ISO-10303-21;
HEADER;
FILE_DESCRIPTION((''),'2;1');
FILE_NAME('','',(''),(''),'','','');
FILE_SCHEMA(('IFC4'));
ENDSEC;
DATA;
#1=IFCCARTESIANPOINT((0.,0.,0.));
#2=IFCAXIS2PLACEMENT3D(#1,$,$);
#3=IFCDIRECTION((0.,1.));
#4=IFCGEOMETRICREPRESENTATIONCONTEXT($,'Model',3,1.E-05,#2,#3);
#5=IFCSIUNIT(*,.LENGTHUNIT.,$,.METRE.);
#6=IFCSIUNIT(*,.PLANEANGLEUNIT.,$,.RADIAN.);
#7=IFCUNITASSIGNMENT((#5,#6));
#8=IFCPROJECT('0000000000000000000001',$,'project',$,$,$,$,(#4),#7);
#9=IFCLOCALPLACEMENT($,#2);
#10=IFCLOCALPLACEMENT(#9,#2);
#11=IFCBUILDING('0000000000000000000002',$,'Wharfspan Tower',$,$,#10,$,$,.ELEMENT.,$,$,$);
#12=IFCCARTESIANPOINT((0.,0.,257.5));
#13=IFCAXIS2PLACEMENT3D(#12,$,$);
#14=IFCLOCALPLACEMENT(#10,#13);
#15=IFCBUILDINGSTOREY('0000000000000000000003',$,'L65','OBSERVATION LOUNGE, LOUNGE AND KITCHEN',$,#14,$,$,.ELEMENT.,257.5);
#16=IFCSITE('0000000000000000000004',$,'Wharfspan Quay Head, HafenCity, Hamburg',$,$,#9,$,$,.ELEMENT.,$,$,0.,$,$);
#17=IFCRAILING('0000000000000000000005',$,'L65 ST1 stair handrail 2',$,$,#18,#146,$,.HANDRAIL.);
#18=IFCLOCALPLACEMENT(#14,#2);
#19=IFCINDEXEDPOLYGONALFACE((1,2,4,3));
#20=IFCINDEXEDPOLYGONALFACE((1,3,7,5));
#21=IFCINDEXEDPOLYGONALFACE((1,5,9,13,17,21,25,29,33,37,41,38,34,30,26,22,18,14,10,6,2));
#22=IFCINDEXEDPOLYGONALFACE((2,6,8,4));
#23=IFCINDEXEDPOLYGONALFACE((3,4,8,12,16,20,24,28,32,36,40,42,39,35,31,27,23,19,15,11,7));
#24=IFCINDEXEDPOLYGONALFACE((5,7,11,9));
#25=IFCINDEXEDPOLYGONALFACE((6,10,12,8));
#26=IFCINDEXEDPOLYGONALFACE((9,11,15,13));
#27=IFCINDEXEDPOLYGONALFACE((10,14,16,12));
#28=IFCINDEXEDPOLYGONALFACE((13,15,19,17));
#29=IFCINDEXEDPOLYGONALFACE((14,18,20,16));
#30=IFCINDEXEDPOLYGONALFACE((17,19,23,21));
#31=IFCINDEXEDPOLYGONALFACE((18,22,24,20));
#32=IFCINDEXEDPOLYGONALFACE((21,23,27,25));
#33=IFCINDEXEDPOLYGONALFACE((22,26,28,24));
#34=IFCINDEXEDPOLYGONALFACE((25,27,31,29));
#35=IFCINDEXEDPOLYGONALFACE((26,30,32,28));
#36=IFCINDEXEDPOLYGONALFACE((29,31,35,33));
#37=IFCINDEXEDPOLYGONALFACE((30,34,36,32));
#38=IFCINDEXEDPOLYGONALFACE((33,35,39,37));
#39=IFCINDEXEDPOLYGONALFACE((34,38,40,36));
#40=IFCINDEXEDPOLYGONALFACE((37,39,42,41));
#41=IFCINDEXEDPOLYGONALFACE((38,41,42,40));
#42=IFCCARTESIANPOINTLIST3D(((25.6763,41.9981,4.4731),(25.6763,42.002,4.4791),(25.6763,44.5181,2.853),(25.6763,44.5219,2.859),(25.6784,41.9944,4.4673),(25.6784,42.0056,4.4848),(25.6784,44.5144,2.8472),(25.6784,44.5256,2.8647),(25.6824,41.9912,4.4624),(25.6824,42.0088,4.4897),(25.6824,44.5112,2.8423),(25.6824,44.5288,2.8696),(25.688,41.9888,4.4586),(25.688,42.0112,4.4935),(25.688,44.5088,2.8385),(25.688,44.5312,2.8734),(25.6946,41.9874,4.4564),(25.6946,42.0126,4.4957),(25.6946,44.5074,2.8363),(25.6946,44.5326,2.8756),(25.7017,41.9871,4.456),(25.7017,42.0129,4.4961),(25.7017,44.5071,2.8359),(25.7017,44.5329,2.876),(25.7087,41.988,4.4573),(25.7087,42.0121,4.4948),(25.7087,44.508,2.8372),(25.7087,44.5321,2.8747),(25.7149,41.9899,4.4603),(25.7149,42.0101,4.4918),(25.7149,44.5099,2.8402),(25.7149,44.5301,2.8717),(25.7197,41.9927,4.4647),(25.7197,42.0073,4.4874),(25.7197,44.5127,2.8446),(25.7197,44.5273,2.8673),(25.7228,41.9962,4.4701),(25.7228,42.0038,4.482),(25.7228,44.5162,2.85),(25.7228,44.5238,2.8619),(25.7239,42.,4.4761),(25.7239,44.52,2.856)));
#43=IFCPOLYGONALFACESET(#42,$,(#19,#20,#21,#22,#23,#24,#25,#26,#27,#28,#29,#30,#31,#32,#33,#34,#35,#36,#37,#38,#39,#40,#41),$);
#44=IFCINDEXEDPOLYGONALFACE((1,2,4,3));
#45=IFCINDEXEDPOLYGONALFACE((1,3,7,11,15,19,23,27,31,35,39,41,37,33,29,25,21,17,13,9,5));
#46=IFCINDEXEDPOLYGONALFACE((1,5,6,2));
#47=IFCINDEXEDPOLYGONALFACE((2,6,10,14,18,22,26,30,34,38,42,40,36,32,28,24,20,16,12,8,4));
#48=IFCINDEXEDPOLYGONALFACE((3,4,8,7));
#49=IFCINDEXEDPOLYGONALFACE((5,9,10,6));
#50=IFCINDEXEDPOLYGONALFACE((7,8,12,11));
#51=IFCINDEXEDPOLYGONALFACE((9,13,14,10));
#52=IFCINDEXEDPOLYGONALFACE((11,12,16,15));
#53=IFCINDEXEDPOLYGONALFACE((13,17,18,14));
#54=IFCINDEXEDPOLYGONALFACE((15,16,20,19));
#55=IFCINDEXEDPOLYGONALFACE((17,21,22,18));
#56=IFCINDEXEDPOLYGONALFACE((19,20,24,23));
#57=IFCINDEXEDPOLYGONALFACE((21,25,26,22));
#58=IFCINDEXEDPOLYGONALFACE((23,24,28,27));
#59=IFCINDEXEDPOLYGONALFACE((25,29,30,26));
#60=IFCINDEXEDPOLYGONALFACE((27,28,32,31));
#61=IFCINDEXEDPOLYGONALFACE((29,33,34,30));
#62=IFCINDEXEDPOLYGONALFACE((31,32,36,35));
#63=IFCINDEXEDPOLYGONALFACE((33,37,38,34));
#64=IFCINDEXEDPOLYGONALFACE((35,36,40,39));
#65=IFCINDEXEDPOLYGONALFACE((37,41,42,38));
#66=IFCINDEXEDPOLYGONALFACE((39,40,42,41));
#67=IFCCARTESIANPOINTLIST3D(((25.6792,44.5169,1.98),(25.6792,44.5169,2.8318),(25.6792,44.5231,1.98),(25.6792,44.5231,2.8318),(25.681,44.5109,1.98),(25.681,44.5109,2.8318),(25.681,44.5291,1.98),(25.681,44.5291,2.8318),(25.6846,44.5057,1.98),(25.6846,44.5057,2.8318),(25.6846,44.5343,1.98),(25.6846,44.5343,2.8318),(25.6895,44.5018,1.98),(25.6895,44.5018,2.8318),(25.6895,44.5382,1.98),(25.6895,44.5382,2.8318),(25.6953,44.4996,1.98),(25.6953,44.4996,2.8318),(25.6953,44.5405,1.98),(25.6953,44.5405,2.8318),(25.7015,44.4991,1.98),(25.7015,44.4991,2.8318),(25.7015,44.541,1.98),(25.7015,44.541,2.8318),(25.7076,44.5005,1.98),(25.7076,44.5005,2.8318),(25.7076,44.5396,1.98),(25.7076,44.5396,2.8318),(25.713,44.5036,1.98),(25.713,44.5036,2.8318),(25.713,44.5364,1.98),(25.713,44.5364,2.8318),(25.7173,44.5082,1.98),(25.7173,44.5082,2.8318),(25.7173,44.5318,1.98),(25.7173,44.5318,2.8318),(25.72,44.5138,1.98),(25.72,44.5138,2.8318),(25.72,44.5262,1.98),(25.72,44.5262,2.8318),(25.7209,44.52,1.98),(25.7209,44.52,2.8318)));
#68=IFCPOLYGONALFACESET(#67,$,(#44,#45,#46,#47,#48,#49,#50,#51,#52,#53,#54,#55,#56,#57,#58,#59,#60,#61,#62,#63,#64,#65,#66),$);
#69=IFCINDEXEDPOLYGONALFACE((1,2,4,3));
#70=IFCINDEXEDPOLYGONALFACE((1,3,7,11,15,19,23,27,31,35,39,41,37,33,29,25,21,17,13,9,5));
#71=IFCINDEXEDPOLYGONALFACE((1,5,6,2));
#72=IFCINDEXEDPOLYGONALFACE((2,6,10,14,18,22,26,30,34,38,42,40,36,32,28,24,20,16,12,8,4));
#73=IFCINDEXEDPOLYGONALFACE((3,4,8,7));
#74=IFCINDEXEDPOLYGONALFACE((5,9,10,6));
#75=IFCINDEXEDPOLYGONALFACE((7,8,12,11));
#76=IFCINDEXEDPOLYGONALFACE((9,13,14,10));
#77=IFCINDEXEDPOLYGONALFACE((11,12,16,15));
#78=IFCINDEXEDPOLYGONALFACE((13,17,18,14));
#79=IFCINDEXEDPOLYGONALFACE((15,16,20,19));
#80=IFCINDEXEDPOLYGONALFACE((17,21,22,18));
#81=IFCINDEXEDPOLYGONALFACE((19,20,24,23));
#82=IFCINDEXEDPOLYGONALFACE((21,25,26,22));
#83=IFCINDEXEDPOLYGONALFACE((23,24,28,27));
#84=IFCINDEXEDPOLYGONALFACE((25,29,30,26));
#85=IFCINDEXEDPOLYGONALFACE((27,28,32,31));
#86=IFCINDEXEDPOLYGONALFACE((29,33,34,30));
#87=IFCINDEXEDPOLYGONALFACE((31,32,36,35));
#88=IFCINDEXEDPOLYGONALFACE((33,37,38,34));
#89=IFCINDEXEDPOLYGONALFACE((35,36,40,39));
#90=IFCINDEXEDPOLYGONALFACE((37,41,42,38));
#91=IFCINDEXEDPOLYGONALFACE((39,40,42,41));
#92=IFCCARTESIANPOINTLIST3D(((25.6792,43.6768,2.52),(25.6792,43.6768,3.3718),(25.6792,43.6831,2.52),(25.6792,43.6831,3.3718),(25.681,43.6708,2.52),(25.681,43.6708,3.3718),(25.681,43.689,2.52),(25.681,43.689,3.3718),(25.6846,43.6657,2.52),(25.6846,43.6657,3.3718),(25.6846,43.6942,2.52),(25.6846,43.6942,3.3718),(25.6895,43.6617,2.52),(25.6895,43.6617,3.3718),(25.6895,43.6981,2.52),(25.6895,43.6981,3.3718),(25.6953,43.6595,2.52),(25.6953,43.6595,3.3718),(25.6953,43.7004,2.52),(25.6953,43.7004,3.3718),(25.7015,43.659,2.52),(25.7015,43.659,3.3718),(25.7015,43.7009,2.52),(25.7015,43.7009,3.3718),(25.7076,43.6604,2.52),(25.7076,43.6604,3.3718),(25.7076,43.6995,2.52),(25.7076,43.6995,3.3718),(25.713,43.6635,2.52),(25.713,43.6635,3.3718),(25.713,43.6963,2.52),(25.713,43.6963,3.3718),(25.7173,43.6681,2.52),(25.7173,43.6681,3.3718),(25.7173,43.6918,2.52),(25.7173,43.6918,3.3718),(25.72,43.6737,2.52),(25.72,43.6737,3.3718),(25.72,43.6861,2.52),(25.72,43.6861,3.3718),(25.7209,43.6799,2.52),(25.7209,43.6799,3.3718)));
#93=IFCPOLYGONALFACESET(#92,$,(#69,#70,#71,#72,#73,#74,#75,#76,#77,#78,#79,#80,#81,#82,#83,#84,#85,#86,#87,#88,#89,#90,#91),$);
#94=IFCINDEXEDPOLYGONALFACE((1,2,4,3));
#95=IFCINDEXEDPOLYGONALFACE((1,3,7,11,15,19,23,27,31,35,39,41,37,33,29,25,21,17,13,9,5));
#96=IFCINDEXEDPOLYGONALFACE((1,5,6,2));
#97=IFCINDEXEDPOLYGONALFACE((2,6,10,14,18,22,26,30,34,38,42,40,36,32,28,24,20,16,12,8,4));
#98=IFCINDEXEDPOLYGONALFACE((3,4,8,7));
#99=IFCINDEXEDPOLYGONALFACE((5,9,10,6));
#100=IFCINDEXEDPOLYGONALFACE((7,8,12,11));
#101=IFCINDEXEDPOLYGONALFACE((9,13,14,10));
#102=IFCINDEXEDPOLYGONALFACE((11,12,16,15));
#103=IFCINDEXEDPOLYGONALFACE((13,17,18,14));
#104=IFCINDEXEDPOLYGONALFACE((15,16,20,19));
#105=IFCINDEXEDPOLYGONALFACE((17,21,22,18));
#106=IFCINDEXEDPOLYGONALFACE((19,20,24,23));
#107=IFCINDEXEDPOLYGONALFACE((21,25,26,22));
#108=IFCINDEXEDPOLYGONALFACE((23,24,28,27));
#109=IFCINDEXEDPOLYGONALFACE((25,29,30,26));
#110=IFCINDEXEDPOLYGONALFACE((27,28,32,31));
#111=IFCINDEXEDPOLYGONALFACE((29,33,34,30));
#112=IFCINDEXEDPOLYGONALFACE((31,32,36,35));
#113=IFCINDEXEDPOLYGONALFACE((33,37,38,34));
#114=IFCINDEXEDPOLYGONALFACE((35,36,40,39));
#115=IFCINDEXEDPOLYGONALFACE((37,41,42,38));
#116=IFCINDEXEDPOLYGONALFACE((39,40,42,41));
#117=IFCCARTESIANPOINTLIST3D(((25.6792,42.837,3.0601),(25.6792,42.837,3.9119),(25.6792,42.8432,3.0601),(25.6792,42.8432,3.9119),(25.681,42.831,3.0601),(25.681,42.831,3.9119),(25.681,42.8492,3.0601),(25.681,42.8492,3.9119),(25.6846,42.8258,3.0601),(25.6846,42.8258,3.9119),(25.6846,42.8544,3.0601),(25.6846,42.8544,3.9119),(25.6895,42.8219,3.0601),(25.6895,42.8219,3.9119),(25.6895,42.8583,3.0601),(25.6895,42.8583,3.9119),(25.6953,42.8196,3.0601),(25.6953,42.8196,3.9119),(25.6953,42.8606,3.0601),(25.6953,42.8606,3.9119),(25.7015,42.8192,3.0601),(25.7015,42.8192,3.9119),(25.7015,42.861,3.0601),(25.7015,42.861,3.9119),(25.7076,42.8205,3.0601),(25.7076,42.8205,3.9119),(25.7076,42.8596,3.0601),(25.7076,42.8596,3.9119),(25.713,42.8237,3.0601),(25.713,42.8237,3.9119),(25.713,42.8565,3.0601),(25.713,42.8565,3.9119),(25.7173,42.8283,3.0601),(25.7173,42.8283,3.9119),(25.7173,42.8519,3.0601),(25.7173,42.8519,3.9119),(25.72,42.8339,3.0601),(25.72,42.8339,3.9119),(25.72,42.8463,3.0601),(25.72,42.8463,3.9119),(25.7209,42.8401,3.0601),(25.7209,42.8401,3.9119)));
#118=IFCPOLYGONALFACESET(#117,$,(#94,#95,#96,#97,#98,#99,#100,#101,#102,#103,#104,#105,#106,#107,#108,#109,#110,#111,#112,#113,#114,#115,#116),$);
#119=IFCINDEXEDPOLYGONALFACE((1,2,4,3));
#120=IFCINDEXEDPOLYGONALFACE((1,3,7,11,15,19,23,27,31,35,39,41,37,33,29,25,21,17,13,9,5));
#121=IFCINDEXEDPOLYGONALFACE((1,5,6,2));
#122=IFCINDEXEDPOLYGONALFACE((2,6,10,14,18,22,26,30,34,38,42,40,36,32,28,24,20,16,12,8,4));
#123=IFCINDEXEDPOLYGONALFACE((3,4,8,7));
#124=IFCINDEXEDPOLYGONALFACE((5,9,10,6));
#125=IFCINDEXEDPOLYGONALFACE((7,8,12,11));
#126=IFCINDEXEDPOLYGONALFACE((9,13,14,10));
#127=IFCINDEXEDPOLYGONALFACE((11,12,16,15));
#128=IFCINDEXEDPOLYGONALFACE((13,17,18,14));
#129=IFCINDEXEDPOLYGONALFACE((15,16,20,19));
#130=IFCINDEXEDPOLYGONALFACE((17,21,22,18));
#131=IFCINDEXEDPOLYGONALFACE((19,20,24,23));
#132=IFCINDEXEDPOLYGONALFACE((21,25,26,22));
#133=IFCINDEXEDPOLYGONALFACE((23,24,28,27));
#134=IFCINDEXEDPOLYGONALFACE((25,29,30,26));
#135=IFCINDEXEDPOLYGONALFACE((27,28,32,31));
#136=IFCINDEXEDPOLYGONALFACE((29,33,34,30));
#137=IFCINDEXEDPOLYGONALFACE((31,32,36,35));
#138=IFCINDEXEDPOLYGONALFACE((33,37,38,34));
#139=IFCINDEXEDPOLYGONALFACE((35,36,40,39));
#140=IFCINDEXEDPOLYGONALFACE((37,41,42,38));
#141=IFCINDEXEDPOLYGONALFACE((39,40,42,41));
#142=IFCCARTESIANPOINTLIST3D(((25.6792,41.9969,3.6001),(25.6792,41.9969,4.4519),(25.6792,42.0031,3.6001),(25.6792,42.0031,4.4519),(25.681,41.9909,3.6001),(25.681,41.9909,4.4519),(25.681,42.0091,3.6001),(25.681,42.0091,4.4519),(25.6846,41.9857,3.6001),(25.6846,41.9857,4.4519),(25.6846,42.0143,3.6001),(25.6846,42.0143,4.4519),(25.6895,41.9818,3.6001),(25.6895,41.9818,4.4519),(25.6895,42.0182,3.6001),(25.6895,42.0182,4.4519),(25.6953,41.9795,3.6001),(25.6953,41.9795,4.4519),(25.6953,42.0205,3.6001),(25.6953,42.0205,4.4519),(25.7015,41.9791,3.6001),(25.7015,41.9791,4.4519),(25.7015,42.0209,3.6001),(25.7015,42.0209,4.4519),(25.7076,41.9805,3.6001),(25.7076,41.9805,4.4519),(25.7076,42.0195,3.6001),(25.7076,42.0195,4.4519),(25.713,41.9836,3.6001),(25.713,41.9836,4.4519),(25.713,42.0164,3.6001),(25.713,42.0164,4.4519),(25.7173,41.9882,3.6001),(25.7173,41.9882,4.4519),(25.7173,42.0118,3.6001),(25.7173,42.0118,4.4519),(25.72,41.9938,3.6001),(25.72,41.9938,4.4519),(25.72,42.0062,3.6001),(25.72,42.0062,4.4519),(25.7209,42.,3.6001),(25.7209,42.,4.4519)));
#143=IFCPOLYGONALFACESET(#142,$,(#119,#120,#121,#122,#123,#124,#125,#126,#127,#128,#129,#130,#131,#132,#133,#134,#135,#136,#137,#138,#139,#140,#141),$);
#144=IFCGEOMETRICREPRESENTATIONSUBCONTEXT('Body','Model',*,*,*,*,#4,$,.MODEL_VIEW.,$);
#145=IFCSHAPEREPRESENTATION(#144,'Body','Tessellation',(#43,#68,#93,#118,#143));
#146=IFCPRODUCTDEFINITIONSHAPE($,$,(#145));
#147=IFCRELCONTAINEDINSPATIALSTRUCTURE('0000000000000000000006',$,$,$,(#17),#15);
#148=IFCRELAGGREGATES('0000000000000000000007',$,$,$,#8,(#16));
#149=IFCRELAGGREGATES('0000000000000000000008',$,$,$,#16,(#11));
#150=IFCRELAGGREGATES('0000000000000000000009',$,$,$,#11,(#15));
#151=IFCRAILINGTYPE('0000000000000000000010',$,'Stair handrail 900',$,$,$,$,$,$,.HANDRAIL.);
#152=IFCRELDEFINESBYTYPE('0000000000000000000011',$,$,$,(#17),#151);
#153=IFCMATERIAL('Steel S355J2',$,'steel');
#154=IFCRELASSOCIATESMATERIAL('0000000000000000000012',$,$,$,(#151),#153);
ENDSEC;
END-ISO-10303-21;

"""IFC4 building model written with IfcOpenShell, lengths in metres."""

from ifc_helpers import new_model, si_unit, direction, frame, origin, origin_2d, place, context, subcontext, project, spatial, circle, extrude, material, type_object, element, save


model = new_model("IFC4")

# Units and contexts
model_context = context("Model", 3, precision=1e-05, world=origin(), true_north=direction((0.0, 1.0)))
body_context = subcontext(model_context, "Body", "Model", "MODEL_VIEW")
ifc_project = project(units=[si_unit("LENGTHUNIT", "METRE"), si_unit("PLANEANGLEUNIT", "RADIAN")], contexts=[model_context])

# Site, building, storey
site_placement = place(None, origin())
site = spatial("IfcSite", under=ifc_project, at=site_placement, Name="Wharfspan Quay Head, HafenCity, Hamburg", CompositionType="ELEMENT", RefElevation=0.0)
building_placement = place(site_placement, origin())
building = spatial("IfcBuilding", under=site, at=building_placement, Name="Wharfspan Tower", CompositionType="ELEMENT")
storey_placement = place(building_placement, frame((0.0, 0.0, 257.5)))
storey = spatial("IfcBuildingStorey", under=building, at=storey_placement, Name="L65", Description="OBSERVATION LOUNGE, LOUNGE AND KITCHEN", CompositionType="ELEMENT", Elevation=257.5)

# Shared definitions
ifc_material_1 = material(Name="Steel S355J2", Category="steel")

# Railing
railing_type_1 = type_object("IfcRailingType", Name="Stair handrail 900", PredefinedType="HANDRAIL", material=ifc_material_1)
railing_1_placement = place(storey_placement, frame((25.7, 44.52, 1.98)))
element("IfcRailing", 1, at=railing_1_placement, inside=storey, type_object=railing_type_1, Name="L65 ST1 stair handrail 2", PredefinedType="HANDRAIL", context=body_context, shape_type="SweptSolid", body=[
    extrude(circle(Radius=0.0239, at=origin_2d()), frame((0.0, 0.0, 0.876), z_axis=(0.0, -0.841163, 0.540782), x_axis=(1.0, 0.0, 0.0)), (0.0, 0.0, 1.0), 2.9958),
    extrude(circle(Radius=0.021, at=origin_2d()), origin(), (0.0, 0.0, 1.0), 0.8518),
    extrude(circle(Radius=0.021, at=origin_2d()), frame((0.0, -0.8401, 0.54)), (0.0, 0.0, 1.0), 0.8518),
    extrude(circle(Radius=0.021, at=origin_2d()), frame((0.0, -1.6799, 1.0801)), (0.0, 0.0, 1.0), 0.8518),
    extrude(circle(Radius=0.021, at=origin_2d()), frame((0.0, -2.52, 1.6201)), (0.0, 0.0, 1.0), 0.8518),
])

save(model, "model.ifc")
